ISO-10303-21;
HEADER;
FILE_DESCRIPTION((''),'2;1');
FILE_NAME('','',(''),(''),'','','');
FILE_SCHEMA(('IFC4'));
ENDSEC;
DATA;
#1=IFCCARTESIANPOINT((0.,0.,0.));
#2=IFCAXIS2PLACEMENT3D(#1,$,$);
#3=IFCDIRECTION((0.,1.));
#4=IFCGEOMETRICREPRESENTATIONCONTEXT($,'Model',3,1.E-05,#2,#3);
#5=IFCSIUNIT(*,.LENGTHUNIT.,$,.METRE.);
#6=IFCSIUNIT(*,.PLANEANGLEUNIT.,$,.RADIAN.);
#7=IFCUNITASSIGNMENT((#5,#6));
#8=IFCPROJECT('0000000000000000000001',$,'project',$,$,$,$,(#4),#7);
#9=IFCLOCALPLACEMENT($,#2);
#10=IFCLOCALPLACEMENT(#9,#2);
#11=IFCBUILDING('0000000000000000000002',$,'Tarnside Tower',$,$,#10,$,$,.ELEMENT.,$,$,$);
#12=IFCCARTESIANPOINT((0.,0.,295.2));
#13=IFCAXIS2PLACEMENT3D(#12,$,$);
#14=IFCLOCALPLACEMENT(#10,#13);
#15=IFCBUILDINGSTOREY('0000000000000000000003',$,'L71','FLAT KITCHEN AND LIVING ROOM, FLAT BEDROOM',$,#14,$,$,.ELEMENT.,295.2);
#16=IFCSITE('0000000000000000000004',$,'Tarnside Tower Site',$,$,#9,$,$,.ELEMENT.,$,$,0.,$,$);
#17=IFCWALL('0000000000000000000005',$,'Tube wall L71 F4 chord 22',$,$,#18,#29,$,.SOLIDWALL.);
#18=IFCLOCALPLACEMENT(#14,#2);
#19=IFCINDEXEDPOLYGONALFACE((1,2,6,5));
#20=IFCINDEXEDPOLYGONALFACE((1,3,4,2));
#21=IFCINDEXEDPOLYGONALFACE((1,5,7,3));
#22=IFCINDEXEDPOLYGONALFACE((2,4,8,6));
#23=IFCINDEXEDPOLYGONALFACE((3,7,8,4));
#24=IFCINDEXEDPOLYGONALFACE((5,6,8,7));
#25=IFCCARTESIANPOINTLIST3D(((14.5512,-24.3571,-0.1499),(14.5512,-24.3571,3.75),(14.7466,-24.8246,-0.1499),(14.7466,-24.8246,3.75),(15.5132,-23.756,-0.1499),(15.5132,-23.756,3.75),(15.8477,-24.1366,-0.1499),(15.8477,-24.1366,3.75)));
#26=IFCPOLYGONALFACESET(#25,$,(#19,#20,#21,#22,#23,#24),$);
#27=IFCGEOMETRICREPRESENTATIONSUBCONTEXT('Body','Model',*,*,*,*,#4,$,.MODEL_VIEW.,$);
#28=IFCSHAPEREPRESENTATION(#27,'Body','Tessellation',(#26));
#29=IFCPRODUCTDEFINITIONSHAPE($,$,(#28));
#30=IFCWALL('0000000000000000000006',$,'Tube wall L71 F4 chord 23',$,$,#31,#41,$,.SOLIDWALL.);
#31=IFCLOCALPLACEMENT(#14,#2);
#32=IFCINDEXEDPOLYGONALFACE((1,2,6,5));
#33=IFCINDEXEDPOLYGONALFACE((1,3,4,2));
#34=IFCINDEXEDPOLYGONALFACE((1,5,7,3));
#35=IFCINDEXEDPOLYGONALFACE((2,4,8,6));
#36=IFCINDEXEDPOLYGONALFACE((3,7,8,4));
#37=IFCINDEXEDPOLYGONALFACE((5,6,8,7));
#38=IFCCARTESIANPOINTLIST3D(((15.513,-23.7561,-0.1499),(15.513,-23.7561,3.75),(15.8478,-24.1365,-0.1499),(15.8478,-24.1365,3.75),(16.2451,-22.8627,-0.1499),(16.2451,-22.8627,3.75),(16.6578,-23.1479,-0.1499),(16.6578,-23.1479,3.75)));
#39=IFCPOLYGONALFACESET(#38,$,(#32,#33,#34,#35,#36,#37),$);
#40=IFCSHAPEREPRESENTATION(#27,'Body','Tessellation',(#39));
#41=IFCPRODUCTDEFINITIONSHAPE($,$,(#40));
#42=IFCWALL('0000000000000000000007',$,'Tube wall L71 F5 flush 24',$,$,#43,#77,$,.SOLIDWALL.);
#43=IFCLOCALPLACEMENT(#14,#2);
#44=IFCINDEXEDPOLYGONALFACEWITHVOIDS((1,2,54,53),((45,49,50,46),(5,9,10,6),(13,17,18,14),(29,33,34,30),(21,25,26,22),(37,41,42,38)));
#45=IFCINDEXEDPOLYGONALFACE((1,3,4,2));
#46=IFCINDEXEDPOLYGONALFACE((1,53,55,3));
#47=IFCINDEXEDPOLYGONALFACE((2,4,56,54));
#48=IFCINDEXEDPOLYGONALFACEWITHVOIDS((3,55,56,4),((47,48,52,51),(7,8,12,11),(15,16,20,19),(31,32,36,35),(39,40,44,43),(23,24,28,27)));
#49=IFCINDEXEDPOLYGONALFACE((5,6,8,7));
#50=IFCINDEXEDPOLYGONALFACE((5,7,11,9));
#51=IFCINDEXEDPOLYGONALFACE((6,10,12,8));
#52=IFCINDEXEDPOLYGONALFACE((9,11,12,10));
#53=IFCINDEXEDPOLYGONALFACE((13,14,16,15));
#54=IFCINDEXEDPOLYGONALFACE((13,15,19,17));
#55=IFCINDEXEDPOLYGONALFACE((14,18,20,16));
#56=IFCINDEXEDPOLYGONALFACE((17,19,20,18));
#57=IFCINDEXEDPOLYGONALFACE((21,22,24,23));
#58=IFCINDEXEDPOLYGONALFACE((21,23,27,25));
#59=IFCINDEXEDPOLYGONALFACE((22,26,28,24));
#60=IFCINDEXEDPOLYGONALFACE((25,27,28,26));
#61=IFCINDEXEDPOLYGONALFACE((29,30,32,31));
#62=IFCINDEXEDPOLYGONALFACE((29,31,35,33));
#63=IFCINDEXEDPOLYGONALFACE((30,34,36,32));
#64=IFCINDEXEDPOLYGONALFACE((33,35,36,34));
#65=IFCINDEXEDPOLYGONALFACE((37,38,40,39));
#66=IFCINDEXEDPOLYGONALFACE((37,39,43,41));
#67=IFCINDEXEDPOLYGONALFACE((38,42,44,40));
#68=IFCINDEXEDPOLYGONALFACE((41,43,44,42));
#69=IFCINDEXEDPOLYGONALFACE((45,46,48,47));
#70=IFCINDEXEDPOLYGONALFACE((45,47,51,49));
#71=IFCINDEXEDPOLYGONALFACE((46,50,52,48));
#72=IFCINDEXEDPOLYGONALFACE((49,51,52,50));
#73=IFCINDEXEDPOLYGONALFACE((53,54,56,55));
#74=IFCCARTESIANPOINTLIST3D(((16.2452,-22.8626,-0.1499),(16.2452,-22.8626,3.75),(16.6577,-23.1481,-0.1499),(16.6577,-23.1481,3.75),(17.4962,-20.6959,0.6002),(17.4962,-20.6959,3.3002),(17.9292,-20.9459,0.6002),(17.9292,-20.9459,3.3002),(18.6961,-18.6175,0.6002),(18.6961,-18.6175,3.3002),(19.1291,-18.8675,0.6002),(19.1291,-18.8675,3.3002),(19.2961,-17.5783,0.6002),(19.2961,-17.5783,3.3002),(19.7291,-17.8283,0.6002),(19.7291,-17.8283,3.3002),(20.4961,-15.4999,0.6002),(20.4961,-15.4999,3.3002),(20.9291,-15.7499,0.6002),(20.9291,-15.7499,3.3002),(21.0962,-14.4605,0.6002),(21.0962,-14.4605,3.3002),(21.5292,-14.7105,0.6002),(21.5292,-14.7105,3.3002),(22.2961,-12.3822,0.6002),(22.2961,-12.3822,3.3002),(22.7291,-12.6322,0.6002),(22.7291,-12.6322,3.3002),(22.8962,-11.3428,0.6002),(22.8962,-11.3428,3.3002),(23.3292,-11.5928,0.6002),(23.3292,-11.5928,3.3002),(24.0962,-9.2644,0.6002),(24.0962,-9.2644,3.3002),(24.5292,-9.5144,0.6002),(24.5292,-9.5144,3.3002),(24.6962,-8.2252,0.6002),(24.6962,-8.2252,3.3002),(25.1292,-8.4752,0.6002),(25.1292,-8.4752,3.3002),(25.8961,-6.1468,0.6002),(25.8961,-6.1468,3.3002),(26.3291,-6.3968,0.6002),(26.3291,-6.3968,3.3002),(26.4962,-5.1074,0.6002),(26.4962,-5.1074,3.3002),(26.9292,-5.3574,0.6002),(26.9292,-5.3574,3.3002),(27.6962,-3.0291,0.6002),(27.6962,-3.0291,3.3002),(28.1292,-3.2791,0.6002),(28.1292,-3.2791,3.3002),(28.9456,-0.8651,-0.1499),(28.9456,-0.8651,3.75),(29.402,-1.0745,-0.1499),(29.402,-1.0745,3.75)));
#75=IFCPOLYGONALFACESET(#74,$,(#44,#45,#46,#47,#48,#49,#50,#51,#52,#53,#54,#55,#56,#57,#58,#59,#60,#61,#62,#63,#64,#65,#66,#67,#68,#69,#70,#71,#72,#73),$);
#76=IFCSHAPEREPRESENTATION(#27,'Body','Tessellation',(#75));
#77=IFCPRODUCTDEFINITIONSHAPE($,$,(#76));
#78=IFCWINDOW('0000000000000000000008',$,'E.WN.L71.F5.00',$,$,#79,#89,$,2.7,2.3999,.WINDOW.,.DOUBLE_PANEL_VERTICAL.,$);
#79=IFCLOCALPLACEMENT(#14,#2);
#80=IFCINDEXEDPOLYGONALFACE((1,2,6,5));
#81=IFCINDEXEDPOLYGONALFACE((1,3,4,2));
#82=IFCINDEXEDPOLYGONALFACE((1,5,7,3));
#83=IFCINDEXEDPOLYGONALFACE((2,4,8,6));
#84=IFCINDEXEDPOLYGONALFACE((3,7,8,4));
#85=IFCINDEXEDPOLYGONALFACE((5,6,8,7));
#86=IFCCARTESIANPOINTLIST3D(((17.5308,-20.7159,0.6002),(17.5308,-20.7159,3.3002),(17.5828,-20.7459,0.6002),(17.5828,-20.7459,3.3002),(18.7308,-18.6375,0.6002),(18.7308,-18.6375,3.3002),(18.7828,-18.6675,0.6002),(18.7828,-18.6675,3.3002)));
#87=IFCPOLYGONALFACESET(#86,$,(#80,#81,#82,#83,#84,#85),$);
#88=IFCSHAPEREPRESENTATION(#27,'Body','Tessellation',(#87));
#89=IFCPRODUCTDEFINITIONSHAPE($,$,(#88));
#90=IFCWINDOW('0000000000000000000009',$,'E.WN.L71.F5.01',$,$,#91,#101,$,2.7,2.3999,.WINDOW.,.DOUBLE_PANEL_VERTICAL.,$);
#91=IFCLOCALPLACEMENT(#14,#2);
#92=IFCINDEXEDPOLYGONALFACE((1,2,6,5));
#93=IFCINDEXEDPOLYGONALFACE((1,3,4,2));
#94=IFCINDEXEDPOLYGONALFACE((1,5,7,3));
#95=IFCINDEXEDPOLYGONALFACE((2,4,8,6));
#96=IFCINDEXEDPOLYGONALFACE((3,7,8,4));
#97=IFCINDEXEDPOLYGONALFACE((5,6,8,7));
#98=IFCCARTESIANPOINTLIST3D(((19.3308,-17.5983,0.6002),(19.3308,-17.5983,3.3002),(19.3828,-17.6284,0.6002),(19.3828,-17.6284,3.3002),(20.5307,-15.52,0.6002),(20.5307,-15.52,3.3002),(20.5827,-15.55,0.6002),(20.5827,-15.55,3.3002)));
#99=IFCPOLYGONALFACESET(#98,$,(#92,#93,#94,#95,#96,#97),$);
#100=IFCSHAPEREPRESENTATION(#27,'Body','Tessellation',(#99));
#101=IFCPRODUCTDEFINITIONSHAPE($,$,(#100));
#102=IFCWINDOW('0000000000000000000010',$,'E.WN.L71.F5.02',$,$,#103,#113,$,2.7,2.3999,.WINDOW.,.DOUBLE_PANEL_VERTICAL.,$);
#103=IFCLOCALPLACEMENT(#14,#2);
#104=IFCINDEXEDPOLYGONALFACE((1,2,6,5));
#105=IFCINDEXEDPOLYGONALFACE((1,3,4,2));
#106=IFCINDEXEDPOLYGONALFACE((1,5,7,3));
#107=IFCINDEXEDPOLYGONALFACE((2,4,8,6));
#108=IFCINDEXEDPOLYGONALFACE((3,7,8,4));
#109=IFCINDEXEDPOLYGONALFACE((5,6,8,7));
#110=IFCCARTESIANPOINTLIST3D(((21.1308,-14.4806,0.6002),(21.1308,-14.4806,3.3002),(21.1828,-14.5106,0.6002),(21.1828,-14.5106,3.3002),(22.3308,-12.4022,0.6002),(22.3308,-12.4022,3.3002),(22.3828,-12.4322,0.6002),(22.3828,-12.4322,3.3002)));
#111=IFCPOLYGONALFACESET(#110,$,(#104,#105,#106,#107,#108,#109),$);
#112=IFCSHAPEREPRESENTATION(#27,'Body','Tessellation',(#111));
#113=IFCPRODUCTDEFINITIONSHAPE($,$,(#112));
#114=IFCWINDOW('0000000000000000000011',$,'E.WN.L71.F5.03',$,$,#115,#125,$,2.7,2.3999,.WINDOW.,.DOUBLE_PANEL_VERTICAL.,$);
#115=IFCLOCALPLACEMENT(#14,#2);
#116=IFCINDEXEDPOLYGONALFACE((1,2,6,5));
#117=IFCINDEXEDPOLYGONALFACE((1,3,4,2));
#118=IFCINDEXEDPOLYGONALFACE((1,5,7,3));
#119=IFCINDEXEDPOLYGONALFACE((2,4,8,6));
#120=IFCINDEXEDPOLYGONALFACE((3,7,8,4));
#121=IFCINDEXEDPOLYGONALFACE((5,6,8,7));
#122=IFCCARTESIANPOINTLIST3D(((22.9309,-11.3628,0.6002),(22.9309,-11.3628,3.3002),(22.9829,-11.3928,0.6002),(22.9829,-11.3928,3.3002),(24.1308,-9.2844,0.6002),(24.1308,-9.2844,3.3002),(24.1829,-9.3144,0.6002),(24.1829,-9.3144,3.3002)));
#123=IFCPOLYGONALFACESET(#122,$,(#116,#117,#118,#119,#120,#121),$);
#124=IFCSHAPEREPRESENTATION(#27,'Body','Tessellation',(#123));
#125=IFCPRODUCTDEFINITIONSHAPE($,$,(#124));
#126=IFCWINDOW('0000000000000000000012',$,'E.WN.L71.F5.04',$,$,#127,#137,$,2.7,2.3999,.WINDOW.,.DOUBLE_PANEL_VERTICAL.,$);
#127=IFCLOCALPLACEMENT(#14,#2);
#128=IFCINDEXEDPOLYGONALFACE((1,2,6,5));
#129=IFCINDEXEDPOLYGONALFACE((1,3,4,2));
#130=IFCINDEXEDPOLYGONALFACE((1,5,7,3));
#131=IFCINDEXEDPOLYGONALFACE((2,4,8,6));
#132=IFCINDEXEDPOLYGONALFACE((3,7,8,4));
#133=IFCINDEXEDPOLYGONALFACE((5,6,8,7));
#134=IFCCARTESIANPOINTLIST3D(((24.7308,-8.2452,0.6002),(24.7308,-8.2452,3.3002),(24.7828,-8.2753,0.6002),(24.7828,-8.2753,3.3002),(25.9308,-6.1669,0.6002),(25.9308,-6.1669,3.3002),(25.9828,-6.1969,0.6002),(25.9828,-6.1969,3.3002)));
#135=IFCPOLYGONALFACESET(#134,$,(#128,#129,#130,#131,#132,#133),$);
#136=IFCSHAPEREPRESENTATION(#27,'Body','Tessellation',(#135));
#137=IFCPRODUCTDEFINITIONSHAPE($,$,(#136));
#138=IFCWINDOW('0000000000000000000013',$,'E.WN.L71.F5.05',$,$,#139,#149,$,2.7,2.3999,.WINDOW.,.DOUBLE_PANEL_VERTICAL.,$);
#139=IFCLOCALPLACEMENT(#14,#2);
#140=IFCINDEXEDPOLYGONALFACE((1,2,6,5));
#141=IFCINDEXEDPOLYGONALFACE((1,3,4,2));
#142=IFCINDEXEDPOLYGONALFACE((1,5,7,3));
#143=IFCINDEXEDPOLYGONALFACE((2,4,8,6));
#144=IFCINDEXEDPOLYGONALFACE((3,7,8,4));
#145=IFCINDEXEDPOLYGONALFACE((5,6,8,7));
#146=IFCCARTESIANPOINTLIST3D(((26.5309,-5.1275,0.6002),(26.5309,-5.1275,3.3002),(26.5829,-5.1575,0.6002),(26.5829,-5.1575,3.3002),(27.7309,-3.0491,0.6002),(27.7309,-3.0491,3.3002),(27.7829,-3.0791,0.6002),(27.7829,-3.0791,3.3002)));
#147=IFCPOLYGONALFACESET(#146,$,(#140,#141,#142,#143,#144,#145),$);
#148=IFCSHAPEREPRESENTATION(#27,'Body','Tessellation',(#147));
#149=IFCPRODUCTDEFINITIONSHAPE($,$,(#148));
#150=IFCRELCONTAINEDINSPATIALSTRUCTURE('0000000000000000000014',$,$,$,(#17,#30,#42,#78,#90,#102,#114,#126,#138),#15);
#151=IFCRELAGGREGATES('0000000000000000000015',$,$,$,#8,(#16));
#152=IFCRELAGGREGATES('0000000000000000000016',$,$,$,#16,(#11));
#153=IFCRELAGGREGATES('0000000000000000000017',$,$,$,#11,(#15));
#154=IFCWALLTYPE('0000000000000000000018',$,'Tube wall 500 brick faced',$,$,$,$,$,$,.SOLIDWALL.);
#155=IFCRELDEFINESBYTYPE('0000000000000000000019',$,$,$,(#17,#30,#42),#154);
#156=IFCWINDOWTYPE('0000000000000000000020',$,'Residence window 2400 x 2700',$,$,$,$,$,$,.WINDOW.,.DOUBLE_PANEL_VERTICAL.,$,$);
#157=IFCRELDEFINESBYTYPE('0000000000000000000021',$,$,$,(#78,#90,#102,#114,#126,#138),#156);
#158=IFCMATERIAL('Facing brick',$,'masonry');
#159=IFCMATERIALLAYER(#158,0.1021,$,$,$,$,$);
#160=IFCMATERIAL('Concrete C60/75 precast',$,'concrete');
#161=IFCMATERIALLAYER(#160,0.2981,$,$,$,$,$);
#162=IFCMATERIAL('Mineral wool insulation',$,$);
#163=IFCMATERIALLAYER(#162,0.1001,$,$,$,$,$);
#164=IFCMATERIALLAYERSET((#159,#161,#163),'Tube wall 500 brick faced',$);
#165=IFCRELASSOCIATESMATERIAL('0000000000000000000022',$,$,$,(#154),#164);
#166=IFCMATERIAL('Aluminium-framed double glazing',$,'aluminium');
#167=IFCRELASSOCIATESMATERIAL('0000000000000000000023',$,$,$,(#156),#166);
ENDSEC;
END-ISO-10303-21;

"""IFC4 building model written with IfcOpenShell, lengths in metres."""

from ifc_helpers import new_model, si_unit, direction, frame, frame_2d, origin, place, context, subcontext, project, spatial, polyline, rectangle, outline, extrude, material, layer, layer_set, type_object, element, fill, save


model = new_model("IFC4")

# Units and contexts
model_context = context("Model", 3, precision=1e-05, world=origin(), true_north=direction((0.0, 1.0)))
body_context = subcontext(model_context, "Body", "Model", "MODEL_VIEW")
ifc_project = project(units=[si_unit("LENGTHUNIT", "METRE"), si_unit("PLANEANGLEUNIT", "RADIAN")], contexts=[model_context])

# Site, building, storey
site_placement = place(None, origin())
site = spatial("IfcSite", under=ifc_project, at=site_placement, Name="Tarnside Tower Site", CompositionType="ELEMENT", RefElevation=0.0)
building_placement = place(site_placement, origin())
building = spatial("IfcBuilding", under=site, at=building_placement, Name="Tarnside Tower", CompositionType="ELEMENT")
storey_placement = place(building_placement, frame((0.0, 0.0, 295.2)))
storey = spatial("IfcBuildingStorey", under=building, at=storey_placement, Name="L71", Description="FLAT KITCHEN AND LIVING ROOM, FLAT BEDROOM", CompositionType="ELEMENT", Elevation=295.2)

# Shared definitions
ifc_material_1 = material(Name="Concrete C60/75 precast", Category="concrete")
ifc_material_2 = material(Name="Mineral wool insulation")

# Walls
ifc_material_3 = material(Name="Facing brick", Category="masonry")
ifc_layer_1 = layer(ifc_material_3, 0.1021)
ifc_layer_2 = layer(ifc_material_1, 0.2981)
ifc_layer_3 = layer(ifc_material_2, 0.1001)
ifc_layer_set_1 = layer_set([ifc_layer_1, ifc_layer_2, ifc_layer_3], Name="Tube wall 500 brick faced")
wall_type_1 = type_object("IfcWallType", Name="Tube wall 500 brick faced", PredefinedType="SOLIDWALL", material=ifc_layer_set_1)
wall_1_placement = place(storey_placement, frame((14.6489, -24.5908, -0.1499), z_axis=(0.0, 0.0, 1.0), x_axis=(0.848055, 0.529909, 0.0)))
element("IfcWall", 1, at=wall_1_placement, inside=storey, type_object=wall_type_1, Name="Tube wall L71 F4 chord 22", PredefinedType="SOLIDWALL", context=body_context, shape_type="SweptSolid", body=[
    extrude(outline(polyline([(-0.041, -0.25), (1.2573, -0.25), (1.1753, 0.25), (0.041, 0.25), (-0.041, -0.25)])), origin(), (0.0, 0.0, 1.0), 3.8999),
])
wall_2_placement = place(storey_placement, frame((15.6804, -23.9463, -0.1499), z_axis=(0.0, 0.0, 1.0), x_axis=(0.633806, 0.773492, 0.0)))
element("IfcWall", 2, at=wall_2_placement, inside=storey, type_object=wall_type_1, Name="Tube wall L71 F4 chord 23", PredefinedType="SOLIDWALL", context=body_context, shape_type="SweptSolid", body=[
    extrude(outline(polyline([(-0.041, -0.25), (1.2371, -0.25), (1.196, 0.25), (0.041, 0.25), (-0.041, -0.25)])), origin(), (0.0, 0.0, 1.0), 3.8999),
])

# Wall, openings, windows
wall_3_placement = place(storey_placement, frame((16.4514, -23.0054, -0.1499), z_axis=(0.0, 0.0, 1.0), x_axis=(0.500004, 0.866023, 0.0)))
wall_3 = element("IfcWall", 3, at=wall_3_placement, inside=storey, type_object=wall_type_1, Name="Tube wall L71 F5 flush 24", PredefinedType="SOLIDWALL", context=body_context, shape_type="SweptSolid", body=[
    extrude(outline(polyline([(-0.0205, -0.25), (25.468, -0.25), (25.4211, 0.25), (0.0205, 0.25), (-0.0205, -0.25)])), origin(), (0.0, 0.0, 1.0), 3.8999),
])
opening_1_placement = place(wall_3_placement, frame((2.5225, 0.0, 0.75)))
opening_1 = element("IfcOpeningElement", 4, at=opening_1_placement, cuts=wall_3, PredefinedType="OPENING", context=body_context, shape_type="SweptSolid", body=[
    extrude(rectangle(XDim=2.3999, YDim=2.7, at=frame_2d((1.2, 1.3501))), frame((0.0, 0.26, 0.0), z_axis=(0.0, -1.0, 0.0), x_axis=(1.0, 0.0, 0.0)), (0.0, 0.0, 1.0), 0.52),
])
opening_2_placement = place(wall_3_placement, frame((6.1223, 0.0, 0.75)))
opening_2 = element("IfcOpeningElement", 5, at=opening_2_placement, cuts=wall_3, PredefinedType="OPENING", context=body_context, shape_type="SweptSolid", body=[
    extrude(rectangle(XDim=2.3999, YDim=2.7, at=frame_2d((1.2, 1.3501))), frame((0.0, 0.26, 0.0), z_axis=(0.0, -1.0, 0.0), x_axis=(1.0, 0.0, 0.0)), (0.0, 0.0, 1.0), 0.52),
])
opening_3_placement = place(wall_3_placement, frame((9.7224, 0.0, 0.75)))
opening_3 = element("IfcOpeningElement", 6, at=opening_3_placement, cuts=wall_3, PredefinedType="OPENING", context=body_context, shape_type="SweptSolid", body=[
    extrude(rectangle(XDim=2.3999, YDim=2.7, at=frame_2d((1.2, 1.3501))), frame((0.0, 0.26, 0.0), z_axis=(0.0, -1.0, 0.0), x_axis=(1.0, 0.0, 0.0)), (0.0, 0.0, 1.0), 0.52),
])
opening_4_placement = place(wall_3_placement, frame((13.3225, 0.0, 0.75)))
opening_4 = element("IfcOpeningElement", 7, at=opening_4_placement, cuts=wall_3, PredefinedType="OPENING", context=body_context, shape_type="SweptSolid", body=[
    extrude(rectangle(XDim=2.3999, YDim=2.7, at=frame_2d((1.2, 1.3501))), frame((0.0, 0.26, 0.0), z_axis=(0.0, -1.0, 0.0), x_axis=(1.0, 0.0, 0.0)), (0.0, 0.0, 1.0), 0.52),
])
opening_5_placement = place(wall_3_placement, frame((16.9224, 0.0, 0.75)))
opening_5 = element("IfcOpeningElement", 8, at=opening_5_placement, cuts=wall_3, PredefinedType="OPENING", context=body_context, shape_type="SweptSolid", body=[
    extrude(rectangle(XDim=2.3999, YDim=2.7, at=frame_2d((1.2, 1.3501))), frame((0.0, 0.26, 0.0), z_axis=(0.0, -1.0, 0.0), x_axis=(1.0, 0.0, 0.0)), (0.0, 0.0, 1.0), 0.52),
])
opening_6_placement = place(wall_3_placement, frame((20.5225, 0.0, 0.75)))
opening_6 = element("IfcOpeningElement", 9, at=opening_6_placement, cuts=wall_3, PredefinedType="OPENING", context=body_context, shape_type="SweptSolid", body=[
    extrude(rectangle(XDim=2.3999, YDim=2.7, at=frame_2d((1.2, 1.3501))), frame((0.0, 0.26, 0.0), z_axis=(0.0, -1.0, 0.0), x_axis=(1.0, 0.0, 0.0)), (0.0, 0.0, 1.0), 0.52),
])
ifc_material_4 = material(Name="Aluminium-framed double glazing", Category="aluminium")
window_type = type_object("IfcWindowType", Name="Residence window 2400 x 2700", PartitioningType="DOUBLE_PANEL_VERTICAL", PredefinedType="WINDOW", material=ifc_material_4)
window_1_placement = place(opening_1_placement, frame((0.0, 0.1799, 0.0)))
window_1 = element("IfcWindow", 10, at=window_1_placement, inside=storey, type_object=window_type, Name="E.WN.L71.F5.00", OverallHeight=2.7, OverallWidth=2.3999, PartitioningType="DOUBLE_PANEL_VERTICAL", PredefinedType="WINDOW", context=body_context, shape_type="SweptSolid", body=[
    extrude(rectangle(XDim=2.3999, YDim=2.7, at=frame_2d((1.2, 1.3501))), frame((0.0, 0.03, 0.0), z_axis=(0.0, -1.0, 0.0), x_axis=(1.0, 0.0, 0.0)), (0.0, 0.0, 1.0), 0.0601),
])
fill(opening_1, window_1)
window_2_placement = place(opening_2_placement, frame((0.0, 0.1799, 0.0)))
window_2 = element("IfcWindow", 11, at=window_2_placement, inside=storey, type_object=window_type, Name="E.WN.L71.F5.01", OverallHeight=2.7, OverallWidth=2.3999, PartitioningType="DOUBLE_PANEL_VERTICAL", PredefinedType="WINDOW", context=body_context, shape_type="SweptSolid", body=[
    extrude(rectangle(XDim=2.3999, YDim=2.7, at=frame_2d((1.2, 1.3501))), frame((0.0, 0.03, 0.0), z_axis=(0.0, -1.0, 0.0), x_axis=(1.0, 0.0, 0.0)), (0.0, 0.0, 1.0), 0.0601),
])
fill(opening_2, window_2)
window_3_placement = place(opening_3_placement, frame((0.0, 0.1799, 0.0)))
window_3 = element("IfcWindow", 12, at=window_3_placement, inside=storey, type_object=window_type, Name="E.WN.L71.F5.02", OverallHeight=2.7, OverallWidth=2.3999, PartitioningType="DOUBLE_PANEL_VERTICAL", PredefinedType="WINDOW", context=body_context, shape_type="SweptSolid", body=[
    extrude(rectangle(XDim=2.3999, YDim=2.7, at=frame_2d((1.2, 1.3501))), frame((0.0, 0.03, 0.0), z_axis=(0.0, -1.0, 0.0), x_axis=(1.0, 0.0, 0.0)), (0.0, 0.0, 1.0), 0.0601),
])
fill(opening_3, window_3)
window_4_placement = place(opening_4_placement, frame((0.0, 0.1799, 0.0)))
window_4 = element("IfcWindow", 13, at=window_4_placement, inside=storey, type_object=window_type, Name="E.WN.L71.F5.03", OverallHeight=2.7, OverallWidth=2.3999, PartitioningType="DOUBLE_PANEL_VERTICAL", PredefinedType="WINDOW", context=body_context, shape_type="SweptSolid", body=[
    extrude(rectangle(XDim=2.3999, YDim=2.7, at=frame_2d((1.2, 1.3501))), frame((0.0, 0.03, 0.0), z_axis=(0.0, -1.0, 0.0), x_axis=(1.0, 0.0, 0.0)), (0.0, 0.0, 1.0), 0.0601),
])
fill(opening_4, window_4)
window_5_placement = place(opening_5_placement, frame((0.0, 0.1799, 0.0)))
window_5 = element("IfcWindow", 14, at=window_5_placement, inside=storey, type_object=window_type, Name="E.WN.L71.F5.04", OverallHeight=2.7, OverallWidth=2.3999, PartitioningType="DOUBLE_PANEL_VERTICAL", PredefinedType="WINDOW", context=body_context, shape_type="SweptSolid", body=[
    extrude(rectangle(XDim=2.3999, YDim=2.7, at=frame_2d((1.2, 1.3501))), frame((0.0, 0.03, 0.0), z_axis=(0.0, -1.0, 0.0), x_axis=(1.0, 0.0, 0.0)), (0.0, 0.0, 1.0), 0.0601),
])
fill(opening_5, window_5)
window_6_placement = place(opening_6_placement, frame((0.0, 0.1799, 0.0)))
window_6 = element("IfcWindow", 15, at=window_6_placement, inside=storey, type_object=window_type, Name="E.WN.L71.F5.05", OverallHeight=2.7, OverallWidth=2.3999, PartitioningType="DOUBLE_PANEL_VERTICAL", PredefinedType="WINDOW", context=body_context, shape_type="SweptSolid", body=[
    extrude(rectangle(XDim=2.3999, YDim=2.7, at=frame_2d((1.2, 1.3501))), frame((0.0, 0.03, 0.0), z_axis=(0.0, -1.0, 0.0), x_axis=(1.0, 0.0, 0.0)), (0.0, 0.0, 1.0), 0.0601),
])
fill(opening_6, window_6)

save(model, "model.ifc")
